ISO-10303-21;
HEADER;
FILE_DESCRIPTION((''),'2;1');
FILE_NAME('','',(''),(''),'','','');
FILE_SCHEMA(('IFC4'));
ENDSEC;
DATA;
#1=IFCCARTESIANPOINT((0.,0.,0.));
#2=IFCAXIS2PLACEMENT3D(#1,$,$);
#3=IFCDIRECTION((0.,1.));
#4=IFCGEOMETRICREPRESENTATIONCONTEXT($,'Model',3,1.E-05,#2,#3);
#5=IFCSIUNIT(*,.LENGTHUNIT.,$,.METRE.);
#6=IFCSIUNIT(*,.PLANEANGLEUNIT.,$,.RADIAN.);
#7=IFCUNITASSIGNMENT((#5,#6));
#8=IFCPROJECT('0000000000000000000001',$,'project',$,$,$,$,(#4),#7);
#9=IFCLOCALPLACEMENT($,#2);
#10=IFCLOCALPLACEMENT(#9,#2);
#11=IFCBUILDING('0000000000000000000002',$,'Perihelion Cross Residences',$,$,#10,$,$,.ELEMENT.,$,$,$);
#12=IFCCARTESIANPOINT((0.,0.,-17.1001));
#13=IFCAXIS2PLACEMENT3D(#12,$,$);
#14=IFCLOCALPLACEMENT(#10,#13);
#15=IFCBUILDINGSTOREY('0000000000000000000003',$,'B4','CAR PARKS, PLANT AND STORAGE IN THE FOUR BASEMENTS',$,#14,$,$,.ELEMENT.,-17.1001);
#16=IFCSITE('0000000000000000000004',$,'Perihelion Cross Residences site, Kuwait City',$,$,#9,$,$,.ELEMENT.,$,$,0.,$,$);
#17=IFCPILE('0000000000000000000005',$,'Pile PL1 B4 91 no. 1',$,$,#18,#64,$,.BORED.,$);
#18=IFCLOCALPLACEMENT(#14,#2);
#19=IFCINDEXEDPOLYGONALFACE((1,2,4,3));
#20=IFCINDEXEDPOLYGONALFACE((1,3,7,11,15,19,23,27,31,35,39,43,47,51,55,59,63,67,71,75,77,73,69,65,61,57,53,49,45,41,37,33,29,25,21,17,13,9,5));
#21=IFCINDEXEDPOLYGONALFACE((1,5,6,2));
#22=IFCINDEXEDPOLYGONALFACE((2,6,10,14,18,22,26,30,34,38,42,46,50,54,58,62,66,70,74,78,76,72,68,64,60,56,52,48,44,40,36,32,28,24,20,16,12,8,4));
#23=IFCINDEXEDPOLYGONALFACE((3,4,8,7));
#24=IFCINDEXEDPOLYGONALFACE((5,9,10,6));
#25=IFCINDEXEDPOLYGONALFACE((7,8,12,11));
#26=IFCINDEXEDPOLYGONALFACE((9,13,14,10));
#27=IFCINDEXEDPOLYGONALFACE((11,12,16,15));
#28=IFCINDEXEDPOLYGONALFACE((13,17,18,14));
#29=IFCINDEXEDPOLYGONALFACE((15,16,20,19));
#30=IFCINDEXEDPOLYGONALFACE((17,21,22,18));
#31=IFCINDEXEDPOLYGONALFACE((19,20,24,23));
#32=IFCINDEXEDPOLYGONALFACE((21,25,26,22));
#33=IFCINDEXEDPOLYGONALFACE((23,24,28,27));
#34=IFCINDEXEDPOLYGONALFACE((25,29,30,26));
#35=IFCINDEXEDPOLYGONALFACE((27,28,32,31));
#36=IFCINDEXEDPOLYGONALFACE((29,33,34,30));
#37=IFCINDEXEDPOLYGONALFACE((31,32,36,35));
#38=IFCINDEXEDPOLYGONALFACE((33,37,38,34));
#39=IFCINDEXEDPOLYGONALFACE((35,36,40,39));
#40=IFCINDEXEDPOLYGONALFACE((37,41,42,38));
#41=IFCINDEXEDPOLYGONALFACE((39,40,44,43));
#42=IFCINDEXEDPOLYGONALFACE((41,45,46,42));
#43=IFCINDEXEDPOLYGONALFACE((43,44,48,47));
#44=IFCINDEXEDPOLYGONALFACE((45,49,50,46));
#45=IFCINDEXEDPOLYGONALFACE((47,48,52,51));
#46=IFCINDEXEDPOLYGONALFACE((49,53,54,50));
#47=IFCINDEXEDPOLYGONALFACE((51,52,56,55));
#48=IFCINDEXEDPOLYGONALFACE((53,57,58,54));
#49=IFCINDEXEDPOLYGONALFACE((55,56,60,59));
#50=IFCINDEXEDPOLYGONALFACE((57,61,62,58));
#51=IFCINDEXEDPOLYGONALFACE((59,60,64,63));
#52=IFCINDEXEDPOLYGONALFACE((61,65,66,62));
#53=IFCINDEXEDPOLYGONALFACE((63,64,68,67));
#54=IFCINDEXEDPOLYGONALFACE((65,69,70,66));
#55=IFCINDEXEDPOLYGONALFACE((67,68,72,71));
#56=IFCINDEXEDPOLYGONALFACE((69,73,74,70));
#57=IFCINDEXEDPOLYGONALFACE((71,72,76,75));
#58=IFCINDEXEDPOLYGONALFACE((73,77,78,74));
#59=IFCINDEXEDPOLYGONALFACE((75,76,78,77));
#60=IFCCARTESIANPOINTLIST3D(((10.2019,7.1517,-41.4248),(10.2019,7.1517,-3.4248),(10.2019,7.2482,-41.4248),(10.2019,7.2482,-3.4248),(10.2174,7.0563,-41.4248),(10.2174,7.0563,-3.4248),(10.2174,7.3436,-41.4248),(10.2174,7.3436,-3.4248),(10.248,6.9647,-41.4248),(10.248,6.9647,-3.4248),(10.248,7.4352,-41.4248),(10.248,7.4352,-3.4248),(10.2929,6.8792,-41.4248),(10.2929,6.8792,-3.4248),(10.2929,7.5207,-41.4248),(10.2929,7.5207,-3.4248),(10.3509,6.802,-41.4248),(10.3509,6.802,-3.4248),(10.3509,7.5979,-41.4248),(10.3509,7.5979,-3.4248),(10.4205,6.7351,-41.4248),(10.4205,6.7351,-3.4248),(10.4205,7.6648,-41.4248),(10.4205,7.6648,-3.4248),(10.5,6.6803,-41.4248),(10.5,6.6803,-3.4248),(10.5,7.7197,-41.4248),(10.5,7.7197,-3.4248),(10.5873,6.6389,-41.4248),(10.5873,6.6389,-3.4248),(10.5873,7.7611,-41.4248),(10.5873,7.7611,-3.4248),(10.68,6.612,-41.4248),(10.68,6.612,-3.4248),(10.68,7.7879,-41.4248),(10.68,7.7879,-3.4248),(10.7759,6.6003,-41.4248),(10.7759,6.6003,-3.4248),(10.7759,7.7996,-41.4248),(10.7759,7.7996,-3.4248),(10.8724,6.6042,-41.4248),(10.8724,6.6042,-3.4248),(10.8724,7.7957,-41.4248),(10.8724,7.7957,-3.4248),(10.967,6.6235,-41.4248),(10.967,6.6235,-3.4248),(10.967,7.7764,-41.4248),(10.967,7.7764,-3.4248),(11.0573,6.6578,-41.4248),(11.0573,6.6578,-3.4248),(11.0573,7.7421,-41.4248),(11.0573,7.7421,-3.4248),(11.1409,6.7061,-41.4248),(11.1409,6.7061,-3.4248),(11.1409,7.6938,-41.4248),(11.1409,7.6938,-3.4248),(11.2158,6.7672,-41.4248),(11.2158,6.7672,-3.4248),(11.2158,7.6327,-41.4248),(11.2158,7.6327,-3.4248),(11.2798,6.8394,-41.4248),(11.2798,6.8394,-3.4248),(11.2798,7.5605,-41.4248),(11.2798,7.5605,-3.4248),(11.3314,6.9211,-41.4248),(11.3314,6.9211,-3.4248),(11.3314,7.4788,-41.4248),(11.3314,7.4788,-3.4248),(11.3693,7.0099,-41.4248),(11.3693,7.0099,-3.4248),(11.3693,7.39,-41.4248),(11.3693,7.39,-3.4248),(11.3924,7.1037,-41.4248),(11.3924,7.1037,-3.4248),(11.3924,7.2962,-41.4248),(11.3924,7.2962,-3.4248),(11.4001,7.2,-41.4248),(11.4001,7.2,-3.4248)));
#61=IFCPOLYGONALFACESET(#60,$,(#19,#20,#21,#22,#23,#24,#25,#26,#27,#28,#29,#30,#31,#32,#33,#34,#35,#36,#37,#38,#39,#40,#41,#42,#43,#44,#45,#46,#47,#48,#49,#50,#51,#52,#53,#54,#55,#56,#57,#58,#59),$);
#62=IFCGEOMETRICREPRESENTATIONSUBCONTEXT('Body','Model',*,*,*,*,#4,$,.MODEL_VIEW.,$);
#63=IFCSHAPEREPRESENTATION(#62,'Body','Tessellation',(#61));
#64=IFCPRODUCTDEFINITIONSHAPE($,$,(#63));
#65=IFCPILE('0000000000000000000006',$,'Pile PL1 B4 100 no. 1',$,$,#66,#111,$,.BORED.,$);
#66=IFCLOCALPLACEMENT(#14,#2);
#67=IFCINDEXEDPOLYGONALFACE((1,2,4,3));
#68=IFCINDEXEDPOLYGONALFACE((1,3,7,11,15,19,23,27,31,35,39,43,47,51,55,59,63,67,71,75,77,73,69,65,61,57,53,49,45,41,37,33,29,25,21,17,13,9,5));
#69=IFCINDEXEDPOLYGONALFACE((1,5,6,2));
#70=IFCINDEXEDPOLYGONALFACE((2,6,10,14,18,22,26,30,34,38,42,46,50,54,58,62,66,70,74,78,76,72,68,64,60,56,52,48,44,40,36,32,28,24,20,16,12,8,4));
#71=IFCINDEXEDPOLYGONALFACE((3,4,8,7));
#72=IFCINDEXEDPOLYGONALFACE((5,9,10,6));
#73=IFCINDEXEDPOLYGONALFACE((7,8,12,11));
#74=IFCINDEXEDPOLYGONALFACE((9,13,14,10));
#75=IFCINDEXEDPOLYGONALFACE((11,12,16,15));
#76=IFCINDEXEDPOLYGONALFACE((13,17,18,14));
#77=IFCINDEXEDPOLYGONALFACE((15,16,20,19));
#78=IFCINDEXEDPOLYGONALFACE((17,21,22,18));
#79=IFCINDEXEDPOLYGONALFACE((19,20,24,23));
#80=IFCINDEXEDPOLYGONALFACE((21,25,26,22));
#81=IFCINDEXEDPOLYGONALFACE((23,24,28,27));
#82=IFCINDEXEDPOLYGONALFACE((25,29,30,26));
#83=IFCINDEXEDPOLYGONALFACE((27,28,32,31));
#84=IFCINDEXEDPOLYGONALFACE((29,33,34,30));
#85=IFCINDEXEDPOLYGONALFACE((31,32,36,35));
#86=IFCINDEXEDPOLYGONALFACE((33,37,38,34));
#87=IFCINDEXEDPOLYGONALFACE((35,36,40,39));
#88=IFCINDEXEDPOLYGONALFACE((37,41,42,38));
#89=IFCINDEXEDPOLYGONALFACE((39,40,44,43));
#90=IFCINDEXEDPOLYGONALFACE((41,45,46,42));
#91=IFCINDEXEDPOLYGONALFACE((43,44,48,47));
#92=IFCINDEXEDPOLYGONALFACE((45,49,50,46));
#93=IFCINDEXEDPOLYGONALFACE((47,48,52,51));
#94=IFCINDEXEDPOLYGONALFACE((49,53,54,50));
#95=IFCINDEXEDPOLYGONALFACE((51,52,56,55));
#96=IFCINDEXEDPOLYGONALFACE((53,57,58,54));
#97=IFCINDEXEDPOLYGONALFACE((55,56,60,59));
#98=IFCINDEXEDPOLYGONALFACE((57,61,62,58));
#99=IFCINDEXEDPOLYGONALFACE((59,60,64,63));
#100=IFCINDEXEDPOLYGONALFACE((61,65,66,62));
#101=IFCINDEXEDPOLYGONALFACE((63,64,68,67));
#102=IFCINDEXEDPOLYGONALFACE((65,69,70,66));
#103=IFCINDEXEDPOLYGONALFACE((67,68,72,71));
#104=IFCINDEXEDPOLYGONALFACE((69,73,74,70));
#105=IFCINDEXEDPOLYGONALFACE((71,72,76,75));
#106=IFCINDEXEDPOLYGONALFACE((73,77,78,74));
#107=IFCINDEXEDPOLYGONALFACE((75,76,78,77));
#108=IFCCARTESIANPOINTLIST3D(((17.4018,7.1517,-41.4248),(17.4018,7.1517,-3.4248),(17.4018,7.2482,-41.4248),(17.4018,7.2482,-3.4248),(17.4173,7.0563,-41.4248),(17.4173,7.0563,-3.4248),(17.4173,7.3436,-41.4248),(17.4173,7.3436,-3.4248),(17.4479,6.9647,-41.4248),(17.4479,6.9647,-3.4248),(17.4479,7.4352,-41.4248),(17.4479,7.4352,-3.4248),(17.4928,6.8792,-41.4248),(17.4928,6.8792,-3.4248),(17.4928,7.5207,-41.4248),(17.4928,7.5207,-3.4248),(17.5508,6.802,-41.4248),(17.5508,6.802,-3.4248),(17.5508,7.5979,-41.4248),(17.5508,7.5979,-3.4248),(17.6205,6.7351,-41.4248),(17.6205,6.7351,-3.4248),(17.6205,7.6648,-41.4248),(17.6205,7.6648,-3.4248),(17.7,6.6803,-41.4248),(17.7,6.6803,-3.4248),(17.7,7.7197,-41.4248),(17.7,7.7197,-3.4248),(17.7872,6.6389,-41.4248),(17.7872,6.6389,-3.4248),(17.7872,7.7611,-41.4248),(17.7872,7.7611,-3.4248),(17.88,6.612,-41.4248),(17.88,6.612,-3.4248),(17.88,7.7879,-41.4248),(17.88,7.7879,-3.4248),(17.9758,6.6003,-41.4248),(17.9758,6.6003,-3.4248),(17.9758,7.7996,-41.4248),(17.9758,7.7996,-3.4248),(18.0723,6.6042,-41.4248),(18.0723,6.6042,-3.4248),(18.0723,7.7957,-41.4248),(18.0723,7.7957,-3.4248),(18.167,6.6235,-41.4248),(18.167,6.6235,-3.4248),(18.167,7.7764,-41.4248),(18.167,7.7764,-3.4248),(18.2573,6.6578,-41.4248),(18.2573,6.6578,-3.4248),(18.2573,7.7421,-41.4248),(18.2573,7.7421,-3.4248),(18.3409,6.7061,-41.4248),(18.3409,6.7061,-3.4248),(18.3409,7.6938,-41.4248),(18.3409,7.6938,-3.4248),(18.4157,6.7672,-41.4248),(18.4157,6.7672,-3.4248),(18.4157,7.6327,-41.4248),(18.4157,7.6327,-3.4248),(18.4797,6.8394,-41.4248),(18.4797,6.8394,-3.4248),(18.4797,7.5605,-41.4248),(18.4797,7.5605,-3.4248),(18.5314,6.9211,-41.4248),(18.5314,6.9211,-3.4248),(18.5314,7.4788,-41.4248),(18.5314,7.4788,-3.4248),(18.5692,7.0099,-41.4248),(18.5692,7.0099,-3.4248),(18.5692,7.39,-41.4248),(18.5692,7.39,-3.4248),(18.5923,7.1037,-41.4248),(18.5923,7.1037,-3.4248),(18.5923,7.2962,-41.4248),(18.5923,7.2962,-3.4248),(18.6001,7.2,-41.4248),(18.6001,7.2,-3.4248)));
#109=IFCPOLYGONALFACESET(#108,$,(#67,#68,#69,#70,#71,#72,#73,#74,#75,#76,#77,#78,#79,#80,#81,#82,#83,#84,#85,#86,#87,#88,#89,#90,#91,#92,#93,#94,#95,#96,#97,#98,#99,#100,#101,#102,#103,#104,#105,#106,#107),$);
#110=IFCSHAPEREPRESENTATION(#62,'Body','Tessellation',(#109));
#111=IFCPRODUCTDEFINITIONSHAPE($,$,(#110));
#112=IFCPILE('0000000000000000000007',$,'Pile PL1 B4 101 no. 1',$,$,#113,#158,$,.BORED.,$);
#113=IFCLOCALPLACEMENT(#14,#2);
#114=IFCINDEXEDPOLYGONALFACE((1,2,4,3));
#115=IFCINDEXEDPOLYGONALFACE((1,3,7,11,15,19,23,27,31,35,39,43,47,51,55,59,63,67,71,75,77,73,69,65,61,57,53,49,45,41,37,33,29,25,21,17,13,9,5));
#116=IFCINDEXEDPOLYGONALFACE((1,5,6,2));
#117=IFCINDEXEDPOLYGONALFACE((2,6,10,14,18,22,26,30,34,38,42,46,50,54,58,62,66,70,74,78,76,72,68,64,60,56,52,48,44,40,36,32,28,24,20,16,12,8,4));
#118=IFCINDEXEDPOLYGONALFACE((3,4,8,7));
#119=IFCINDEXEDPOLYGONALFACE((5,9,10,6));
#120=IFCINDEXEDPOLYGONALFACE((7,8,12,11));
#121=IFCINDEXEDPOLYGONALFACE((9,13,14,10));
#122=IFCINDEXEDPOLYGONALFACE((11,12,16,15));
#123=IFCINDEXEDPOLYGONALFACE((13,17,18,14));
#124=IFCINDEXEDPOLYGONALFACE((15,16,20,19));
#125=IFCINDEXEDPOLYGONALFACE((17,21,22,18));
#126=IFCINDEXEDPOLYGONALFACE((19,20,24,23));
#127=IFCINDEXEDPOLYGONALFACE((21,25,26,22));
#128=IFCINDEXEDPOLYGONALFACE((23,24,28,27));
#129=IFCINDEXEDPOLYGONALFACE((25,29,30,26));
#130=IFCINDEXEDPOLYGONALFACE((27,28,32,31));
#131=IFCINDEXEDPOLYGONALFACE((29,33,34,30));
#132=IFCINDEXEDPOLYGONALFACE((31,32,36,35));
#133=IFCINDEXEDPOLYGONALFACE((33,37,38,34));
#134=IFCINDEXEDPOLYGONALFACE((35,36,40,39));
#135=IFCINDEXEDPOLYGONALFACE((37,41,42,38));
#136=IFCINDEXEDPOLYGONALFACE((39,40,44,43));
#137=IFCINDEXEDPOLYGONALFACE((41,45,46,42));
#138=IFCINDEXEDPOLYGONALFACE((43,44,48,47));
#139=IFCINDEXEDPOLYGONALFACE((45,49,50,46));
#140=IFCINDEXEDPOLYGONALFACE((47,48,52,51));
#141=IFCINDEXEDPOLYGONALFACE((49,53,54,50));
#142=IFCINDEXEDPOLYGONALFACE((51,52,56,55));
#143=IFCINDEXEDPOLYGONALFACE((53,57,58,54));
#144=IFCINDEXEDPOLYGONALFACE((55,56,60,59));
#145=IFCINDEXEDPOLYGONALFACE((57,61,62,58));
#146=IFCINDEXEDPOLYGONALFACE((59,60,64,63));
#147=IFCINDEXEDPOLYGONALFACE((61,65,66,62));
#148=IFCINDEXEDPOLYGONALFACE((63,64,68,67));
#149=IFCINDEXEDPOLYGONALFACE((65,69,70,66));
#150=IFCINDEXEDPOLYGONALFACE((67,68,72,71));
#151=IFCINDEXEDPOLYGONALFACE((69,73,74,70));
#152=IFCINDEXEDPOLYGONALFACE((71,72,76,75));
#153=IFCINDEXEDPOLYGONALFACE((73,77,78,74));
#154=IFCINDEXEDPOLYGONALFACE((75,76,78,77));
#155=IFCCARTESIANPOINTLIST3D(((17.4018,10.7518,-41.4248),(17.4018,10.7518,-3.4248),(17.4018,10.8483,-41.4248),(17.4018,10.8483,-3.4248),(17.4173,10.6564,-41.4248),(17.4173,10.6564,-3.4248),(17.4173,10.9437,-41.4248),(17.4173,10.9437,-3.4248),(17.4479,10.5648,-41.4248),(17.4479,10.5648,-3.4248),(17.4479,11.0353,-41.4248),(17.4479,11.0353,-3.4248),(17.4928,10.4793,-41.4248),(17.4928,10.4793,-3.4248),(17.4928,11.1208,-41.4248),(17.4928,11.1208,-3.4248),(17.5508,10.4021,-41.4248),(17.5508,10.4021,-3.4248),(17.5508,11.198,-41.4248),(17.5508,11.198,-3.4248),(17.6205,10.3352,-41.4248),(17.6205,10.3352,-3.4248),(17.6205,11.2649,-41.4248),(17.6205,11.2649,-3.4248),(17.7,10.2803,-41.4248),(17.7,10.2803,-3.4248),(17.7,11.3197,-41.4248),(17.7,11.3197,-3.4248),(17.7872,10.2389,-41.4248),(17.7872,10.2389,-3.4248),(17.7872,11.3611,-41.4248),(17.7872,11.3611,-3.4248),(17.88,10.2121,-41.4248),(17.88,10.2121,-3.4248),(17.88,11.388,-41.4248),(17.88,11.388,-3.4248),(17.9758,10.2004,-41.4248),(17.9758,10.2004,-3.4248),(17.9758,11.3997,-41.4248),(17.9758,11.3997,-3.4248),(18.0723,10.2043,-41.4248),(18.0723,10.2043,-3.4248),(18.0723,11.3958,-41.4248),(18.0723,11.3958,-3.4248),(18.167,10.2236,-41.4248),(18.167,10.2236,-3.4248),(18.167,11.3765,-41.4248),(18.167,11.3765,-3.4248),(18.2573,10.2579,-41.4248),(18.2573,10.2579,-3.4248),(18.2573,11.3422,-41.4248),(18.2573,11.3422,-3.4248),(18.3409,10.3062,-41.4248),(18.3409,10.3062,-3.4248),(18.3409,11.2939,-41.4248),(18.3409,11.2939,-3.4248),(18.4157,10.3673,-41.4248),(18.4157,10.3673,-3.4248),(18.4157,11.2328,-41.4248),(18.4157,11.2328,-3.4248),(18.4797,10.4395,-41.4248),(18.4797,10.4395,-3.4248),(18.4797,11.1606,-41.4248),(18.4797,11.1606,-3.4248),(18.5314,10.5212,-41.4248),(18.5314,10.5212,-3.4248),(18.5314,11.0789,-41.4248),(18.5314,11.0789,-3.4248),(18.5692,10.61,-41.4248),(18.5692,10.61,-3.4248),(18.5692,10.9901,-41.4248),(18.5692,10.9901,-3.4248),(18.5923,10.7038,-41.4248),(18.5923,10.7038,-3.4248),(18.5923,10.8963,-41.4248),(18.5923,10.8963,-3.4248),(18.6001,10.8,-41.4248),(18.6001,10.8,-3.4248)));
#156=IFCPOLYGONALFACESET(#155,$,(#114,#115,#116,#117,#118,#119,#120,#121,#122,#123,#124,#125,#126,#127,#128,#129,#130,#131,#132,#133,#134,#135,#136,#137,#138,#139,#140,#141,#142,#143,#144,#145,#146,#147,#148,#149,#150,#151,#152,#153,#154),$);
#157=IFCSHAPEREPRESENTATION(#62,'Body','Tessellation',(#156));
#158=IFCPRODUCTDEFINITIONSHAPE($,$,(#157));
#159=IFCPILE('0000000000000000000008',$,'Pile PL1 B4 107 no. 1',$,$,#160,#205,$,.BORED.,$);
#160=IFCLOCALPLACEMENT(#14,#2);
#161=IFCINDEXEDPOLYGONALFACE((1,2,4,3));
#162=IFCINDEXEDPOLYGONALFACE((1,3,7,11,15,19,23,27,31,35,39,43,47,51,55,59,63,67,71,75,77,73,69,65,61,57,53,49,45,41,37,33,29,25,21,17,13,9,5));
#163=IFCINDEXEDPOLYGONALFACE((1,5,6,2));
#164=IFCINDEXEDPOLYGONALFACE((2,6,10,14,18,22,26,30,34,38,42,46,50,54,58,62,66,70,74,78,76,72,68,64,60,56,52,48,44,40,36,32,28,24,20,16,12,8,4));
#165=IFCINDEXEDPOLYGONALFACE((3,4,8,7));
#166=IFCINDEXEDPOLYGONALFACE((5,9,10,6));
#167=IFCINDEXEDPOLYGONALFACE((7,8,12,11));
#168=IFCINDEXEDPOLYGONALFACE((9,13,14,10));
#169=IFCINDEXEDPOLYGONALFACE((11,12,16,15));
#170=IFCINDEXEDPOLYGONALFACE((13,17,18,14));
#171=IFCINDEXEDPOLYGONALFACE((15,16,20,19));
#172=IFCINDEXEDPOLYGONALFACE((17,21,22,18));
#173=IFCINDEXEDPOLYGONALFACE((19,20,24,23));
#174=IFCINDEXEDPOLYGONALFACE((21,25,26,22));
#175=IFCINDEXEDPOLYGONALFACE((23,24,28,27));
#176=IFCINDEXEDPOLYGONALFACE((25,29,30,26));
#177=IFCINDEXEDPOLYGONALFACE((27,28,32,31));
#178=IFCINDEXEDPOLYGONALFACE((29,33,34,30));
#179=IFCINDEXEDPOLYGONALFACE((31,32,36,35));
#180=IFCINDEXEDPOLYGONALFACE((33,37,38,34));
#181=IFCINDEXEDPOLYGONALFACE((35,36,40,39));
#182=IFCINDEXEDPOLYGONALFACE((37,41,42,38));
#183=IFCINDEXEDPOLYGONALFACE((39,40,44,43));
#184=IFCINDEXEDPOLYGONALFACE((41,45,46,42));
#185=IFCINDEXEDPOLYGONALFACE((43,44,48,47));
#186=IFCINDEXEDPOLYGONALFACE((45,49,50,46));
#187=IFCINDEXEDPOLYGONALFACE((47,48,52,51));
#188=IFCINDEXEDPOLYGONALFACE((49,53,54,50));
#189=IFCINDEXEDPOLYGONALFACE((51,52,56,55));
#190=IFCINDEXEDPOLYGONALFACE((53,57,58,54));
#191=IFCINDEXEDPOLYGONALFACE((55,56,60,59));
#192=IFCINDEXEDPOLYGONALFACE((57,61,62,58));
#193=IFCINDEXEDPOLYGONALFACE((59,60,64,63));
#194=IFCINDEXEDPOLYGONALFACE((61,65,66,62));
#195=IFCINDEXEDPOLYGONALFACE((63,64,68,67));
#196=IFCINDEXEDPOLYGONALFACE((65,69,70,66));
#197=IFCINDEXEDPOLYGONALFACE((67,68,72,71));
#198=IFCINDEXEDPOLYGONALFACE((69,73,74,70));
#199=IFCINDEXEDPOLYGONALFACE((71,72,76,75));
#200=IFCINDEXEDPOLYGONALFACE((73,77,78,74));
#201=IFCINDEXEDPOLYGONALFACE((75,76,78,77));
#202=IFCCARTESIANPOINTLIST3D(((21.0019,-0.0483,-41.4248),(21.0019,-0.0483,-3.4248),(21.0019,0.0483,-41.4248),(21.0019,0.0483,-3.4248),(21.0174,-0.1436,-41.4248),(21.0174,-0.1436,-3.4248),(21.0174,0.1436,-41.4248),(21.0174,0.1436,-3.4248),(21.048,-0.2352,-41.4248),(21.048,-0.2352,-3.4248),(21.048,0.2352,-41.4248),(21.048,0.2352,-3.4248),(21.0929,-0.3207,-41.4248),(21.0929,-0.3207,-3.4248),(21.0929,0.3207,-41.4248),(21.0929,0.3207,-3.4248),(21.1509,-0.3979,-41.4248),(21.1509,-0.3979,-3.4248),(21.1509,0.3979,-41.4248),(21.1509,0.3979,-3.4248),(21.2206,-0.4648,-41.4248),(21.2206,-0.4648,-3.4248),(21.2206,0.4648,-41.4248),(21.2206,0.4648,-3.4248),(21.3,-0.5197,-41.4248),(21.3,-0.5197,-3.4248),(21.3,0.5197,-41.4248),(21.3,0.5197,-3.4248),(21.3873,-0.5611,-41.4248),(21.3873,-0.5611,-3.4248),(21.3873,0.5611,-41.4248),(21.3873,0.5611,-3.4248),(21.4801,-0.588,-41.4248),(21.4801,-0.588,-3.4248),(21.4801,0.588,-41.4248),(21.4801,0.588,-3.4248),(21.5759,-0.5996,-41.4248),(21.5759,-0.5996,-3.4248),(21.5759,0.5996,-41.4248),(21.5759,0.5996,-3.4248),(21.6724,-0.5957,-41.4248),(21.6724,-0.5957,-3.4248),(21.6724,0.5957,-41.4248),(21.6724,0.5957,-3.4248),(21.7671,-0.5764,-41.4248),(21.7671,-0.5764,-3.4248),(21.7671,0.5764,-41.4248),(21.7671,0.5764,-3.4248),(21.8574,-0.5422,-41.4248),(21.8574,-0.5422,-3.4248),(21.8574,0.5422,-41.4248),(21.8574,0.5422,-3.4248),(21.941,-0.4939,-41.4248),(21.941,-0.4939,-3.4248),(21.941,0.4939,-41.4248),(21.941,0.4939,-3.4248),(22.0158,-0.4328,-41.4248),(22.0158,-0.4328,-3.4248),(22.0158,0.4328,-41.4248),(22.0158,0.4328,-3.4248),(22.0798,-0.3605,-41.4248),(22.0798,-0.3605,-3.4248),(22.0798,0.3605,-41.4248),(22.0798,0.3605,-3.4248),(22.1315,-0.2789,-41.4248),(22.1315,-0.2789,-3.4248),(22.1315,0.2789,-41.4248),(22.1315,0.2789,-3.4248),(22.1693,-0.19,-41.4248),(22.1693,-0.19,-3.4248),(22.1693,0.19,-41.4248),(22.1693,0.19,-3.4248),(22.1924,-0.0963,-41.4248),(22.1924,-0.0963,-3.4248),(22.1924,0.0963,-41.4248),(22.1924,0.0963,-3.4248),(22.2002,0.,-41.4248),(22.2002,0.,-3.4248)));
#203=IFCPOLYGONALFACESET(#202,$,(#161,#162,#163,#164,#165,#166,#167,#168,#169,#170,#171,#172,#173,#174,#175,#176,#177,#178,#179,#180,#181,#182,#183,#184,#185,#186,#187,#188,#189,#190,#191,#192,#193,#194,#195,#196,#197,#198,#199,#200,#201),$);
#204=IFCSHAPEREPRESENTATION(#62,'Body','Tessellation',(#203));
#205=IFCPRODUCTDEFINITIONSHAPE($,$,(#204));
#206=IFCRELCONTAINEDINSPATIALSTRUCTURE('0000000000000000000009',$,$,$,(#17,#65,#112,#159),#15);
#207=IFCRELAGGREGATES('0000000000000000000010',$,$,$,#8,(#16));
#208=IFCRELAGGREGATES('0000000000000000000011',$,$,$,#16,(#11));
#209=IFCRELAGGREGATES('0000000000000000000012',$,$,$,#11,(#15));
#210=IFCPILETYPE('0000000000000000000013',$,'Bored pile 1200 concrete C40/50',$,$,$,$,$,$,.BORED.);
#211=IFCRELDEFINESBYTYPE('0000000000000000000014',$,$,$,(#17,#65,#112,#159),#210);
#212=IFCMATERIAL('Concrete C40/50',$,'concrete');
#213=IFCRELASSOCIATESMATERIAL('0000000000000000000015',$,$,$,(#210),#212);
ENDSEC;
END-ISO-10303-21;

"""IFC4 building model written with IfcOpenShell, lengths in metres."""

from ifc_helpers import new_model, si_unit, direction, frame, origin, origin_2d, place, context, subcontext, project, spatial, circle, extrude, material, type_object, element, save


model = new_model("IFC4")

# Units and contexts
model_context = context("Model", 3, precision=1e-05, world=origin(), true_north=direction((0.0, 1.0)))
body_context = subcontext(model_context, "Body", "Model", "MODEL_VIEW")
ifc_project = project(units=[si_unit("LENGTHUNIT", "METRE"), si_unit("PLANEANGLEUNIT", "RADIAN")], contexts=[model_context])

# Site, building, storey
site_placement = place(None, origin())
site = spatial("IfcSite", under=ifc_project, at=site_placement, Name="Perihelion Cross Residences site, Kuwait City", CompositionType="ELEMENT", RefElevation=0.0)
building_placement = place(site_placement, origin())
building = spatial("IfcBuilding", under=site, at=building_placement, Name="Perihelion Cross Residences", CompositionType="ELEMENT")
storey_placement = place(building_placement, frame((0.0, 0.0, -17.1001)))
storey = spatial("IfcBuildingStorey", under=building, at=storey_placement, Name="B4", Description="CAR PARKS, PLANT AND STORAGE IN THE FOUR BASEMENTS", CompositionType="ELEMENT", Elevation=-17.1001)

# Piles
ifc_material_1 = material(Name="Concrete C40/50", Category="concrete")
pile_type = type_object("IfcPileType", Name="Bored pile 1200 concrete C40/50", PredefinedType="BORED", material=ifc_material_1)
for number, where, z_axis, x_axis, name in (
    (1, (10.8, 7.2, -3.4248), (0.0, 0.0, -1.0), (1.0, 0.0, 0.0), "Pile PL1 B4 91 no. 1"),
    (2, (18.0, 7.2, -3.4248), (0.0, 0.0, -1.0), (1.0, 0.0, 0.0), "Pile PL1 B4 100 no. 1"),
    (3, (18.0, 10.8, -3.4248), (0.0, 0.0, -1.0), (1.0, 0.0, 0.0), "Pile PL1 B4 101 no. 1"),
    (4, (21.6001, 0.0, -3.4248), (0.0, 0.0, -1.0), (1.0, 0.0, 0.0), "Pile PL1 B4 107 no. 1"),
):
    element("IfcPile", number, at=place(storey_placement, frame(where, z_axis=z_axis, x_axis=x_axis)), inside=storey, type_object=pile_type, Name=name, PredefinedType="BORED", context=body_context, shape_type="SweptSolid", body=[
        extrude(circle(Radius=0.6001, at=origin_2d()), origin(), (0.0, 0.0, 1.0), 38.0),
    ])

save(model, "model.ifc")
